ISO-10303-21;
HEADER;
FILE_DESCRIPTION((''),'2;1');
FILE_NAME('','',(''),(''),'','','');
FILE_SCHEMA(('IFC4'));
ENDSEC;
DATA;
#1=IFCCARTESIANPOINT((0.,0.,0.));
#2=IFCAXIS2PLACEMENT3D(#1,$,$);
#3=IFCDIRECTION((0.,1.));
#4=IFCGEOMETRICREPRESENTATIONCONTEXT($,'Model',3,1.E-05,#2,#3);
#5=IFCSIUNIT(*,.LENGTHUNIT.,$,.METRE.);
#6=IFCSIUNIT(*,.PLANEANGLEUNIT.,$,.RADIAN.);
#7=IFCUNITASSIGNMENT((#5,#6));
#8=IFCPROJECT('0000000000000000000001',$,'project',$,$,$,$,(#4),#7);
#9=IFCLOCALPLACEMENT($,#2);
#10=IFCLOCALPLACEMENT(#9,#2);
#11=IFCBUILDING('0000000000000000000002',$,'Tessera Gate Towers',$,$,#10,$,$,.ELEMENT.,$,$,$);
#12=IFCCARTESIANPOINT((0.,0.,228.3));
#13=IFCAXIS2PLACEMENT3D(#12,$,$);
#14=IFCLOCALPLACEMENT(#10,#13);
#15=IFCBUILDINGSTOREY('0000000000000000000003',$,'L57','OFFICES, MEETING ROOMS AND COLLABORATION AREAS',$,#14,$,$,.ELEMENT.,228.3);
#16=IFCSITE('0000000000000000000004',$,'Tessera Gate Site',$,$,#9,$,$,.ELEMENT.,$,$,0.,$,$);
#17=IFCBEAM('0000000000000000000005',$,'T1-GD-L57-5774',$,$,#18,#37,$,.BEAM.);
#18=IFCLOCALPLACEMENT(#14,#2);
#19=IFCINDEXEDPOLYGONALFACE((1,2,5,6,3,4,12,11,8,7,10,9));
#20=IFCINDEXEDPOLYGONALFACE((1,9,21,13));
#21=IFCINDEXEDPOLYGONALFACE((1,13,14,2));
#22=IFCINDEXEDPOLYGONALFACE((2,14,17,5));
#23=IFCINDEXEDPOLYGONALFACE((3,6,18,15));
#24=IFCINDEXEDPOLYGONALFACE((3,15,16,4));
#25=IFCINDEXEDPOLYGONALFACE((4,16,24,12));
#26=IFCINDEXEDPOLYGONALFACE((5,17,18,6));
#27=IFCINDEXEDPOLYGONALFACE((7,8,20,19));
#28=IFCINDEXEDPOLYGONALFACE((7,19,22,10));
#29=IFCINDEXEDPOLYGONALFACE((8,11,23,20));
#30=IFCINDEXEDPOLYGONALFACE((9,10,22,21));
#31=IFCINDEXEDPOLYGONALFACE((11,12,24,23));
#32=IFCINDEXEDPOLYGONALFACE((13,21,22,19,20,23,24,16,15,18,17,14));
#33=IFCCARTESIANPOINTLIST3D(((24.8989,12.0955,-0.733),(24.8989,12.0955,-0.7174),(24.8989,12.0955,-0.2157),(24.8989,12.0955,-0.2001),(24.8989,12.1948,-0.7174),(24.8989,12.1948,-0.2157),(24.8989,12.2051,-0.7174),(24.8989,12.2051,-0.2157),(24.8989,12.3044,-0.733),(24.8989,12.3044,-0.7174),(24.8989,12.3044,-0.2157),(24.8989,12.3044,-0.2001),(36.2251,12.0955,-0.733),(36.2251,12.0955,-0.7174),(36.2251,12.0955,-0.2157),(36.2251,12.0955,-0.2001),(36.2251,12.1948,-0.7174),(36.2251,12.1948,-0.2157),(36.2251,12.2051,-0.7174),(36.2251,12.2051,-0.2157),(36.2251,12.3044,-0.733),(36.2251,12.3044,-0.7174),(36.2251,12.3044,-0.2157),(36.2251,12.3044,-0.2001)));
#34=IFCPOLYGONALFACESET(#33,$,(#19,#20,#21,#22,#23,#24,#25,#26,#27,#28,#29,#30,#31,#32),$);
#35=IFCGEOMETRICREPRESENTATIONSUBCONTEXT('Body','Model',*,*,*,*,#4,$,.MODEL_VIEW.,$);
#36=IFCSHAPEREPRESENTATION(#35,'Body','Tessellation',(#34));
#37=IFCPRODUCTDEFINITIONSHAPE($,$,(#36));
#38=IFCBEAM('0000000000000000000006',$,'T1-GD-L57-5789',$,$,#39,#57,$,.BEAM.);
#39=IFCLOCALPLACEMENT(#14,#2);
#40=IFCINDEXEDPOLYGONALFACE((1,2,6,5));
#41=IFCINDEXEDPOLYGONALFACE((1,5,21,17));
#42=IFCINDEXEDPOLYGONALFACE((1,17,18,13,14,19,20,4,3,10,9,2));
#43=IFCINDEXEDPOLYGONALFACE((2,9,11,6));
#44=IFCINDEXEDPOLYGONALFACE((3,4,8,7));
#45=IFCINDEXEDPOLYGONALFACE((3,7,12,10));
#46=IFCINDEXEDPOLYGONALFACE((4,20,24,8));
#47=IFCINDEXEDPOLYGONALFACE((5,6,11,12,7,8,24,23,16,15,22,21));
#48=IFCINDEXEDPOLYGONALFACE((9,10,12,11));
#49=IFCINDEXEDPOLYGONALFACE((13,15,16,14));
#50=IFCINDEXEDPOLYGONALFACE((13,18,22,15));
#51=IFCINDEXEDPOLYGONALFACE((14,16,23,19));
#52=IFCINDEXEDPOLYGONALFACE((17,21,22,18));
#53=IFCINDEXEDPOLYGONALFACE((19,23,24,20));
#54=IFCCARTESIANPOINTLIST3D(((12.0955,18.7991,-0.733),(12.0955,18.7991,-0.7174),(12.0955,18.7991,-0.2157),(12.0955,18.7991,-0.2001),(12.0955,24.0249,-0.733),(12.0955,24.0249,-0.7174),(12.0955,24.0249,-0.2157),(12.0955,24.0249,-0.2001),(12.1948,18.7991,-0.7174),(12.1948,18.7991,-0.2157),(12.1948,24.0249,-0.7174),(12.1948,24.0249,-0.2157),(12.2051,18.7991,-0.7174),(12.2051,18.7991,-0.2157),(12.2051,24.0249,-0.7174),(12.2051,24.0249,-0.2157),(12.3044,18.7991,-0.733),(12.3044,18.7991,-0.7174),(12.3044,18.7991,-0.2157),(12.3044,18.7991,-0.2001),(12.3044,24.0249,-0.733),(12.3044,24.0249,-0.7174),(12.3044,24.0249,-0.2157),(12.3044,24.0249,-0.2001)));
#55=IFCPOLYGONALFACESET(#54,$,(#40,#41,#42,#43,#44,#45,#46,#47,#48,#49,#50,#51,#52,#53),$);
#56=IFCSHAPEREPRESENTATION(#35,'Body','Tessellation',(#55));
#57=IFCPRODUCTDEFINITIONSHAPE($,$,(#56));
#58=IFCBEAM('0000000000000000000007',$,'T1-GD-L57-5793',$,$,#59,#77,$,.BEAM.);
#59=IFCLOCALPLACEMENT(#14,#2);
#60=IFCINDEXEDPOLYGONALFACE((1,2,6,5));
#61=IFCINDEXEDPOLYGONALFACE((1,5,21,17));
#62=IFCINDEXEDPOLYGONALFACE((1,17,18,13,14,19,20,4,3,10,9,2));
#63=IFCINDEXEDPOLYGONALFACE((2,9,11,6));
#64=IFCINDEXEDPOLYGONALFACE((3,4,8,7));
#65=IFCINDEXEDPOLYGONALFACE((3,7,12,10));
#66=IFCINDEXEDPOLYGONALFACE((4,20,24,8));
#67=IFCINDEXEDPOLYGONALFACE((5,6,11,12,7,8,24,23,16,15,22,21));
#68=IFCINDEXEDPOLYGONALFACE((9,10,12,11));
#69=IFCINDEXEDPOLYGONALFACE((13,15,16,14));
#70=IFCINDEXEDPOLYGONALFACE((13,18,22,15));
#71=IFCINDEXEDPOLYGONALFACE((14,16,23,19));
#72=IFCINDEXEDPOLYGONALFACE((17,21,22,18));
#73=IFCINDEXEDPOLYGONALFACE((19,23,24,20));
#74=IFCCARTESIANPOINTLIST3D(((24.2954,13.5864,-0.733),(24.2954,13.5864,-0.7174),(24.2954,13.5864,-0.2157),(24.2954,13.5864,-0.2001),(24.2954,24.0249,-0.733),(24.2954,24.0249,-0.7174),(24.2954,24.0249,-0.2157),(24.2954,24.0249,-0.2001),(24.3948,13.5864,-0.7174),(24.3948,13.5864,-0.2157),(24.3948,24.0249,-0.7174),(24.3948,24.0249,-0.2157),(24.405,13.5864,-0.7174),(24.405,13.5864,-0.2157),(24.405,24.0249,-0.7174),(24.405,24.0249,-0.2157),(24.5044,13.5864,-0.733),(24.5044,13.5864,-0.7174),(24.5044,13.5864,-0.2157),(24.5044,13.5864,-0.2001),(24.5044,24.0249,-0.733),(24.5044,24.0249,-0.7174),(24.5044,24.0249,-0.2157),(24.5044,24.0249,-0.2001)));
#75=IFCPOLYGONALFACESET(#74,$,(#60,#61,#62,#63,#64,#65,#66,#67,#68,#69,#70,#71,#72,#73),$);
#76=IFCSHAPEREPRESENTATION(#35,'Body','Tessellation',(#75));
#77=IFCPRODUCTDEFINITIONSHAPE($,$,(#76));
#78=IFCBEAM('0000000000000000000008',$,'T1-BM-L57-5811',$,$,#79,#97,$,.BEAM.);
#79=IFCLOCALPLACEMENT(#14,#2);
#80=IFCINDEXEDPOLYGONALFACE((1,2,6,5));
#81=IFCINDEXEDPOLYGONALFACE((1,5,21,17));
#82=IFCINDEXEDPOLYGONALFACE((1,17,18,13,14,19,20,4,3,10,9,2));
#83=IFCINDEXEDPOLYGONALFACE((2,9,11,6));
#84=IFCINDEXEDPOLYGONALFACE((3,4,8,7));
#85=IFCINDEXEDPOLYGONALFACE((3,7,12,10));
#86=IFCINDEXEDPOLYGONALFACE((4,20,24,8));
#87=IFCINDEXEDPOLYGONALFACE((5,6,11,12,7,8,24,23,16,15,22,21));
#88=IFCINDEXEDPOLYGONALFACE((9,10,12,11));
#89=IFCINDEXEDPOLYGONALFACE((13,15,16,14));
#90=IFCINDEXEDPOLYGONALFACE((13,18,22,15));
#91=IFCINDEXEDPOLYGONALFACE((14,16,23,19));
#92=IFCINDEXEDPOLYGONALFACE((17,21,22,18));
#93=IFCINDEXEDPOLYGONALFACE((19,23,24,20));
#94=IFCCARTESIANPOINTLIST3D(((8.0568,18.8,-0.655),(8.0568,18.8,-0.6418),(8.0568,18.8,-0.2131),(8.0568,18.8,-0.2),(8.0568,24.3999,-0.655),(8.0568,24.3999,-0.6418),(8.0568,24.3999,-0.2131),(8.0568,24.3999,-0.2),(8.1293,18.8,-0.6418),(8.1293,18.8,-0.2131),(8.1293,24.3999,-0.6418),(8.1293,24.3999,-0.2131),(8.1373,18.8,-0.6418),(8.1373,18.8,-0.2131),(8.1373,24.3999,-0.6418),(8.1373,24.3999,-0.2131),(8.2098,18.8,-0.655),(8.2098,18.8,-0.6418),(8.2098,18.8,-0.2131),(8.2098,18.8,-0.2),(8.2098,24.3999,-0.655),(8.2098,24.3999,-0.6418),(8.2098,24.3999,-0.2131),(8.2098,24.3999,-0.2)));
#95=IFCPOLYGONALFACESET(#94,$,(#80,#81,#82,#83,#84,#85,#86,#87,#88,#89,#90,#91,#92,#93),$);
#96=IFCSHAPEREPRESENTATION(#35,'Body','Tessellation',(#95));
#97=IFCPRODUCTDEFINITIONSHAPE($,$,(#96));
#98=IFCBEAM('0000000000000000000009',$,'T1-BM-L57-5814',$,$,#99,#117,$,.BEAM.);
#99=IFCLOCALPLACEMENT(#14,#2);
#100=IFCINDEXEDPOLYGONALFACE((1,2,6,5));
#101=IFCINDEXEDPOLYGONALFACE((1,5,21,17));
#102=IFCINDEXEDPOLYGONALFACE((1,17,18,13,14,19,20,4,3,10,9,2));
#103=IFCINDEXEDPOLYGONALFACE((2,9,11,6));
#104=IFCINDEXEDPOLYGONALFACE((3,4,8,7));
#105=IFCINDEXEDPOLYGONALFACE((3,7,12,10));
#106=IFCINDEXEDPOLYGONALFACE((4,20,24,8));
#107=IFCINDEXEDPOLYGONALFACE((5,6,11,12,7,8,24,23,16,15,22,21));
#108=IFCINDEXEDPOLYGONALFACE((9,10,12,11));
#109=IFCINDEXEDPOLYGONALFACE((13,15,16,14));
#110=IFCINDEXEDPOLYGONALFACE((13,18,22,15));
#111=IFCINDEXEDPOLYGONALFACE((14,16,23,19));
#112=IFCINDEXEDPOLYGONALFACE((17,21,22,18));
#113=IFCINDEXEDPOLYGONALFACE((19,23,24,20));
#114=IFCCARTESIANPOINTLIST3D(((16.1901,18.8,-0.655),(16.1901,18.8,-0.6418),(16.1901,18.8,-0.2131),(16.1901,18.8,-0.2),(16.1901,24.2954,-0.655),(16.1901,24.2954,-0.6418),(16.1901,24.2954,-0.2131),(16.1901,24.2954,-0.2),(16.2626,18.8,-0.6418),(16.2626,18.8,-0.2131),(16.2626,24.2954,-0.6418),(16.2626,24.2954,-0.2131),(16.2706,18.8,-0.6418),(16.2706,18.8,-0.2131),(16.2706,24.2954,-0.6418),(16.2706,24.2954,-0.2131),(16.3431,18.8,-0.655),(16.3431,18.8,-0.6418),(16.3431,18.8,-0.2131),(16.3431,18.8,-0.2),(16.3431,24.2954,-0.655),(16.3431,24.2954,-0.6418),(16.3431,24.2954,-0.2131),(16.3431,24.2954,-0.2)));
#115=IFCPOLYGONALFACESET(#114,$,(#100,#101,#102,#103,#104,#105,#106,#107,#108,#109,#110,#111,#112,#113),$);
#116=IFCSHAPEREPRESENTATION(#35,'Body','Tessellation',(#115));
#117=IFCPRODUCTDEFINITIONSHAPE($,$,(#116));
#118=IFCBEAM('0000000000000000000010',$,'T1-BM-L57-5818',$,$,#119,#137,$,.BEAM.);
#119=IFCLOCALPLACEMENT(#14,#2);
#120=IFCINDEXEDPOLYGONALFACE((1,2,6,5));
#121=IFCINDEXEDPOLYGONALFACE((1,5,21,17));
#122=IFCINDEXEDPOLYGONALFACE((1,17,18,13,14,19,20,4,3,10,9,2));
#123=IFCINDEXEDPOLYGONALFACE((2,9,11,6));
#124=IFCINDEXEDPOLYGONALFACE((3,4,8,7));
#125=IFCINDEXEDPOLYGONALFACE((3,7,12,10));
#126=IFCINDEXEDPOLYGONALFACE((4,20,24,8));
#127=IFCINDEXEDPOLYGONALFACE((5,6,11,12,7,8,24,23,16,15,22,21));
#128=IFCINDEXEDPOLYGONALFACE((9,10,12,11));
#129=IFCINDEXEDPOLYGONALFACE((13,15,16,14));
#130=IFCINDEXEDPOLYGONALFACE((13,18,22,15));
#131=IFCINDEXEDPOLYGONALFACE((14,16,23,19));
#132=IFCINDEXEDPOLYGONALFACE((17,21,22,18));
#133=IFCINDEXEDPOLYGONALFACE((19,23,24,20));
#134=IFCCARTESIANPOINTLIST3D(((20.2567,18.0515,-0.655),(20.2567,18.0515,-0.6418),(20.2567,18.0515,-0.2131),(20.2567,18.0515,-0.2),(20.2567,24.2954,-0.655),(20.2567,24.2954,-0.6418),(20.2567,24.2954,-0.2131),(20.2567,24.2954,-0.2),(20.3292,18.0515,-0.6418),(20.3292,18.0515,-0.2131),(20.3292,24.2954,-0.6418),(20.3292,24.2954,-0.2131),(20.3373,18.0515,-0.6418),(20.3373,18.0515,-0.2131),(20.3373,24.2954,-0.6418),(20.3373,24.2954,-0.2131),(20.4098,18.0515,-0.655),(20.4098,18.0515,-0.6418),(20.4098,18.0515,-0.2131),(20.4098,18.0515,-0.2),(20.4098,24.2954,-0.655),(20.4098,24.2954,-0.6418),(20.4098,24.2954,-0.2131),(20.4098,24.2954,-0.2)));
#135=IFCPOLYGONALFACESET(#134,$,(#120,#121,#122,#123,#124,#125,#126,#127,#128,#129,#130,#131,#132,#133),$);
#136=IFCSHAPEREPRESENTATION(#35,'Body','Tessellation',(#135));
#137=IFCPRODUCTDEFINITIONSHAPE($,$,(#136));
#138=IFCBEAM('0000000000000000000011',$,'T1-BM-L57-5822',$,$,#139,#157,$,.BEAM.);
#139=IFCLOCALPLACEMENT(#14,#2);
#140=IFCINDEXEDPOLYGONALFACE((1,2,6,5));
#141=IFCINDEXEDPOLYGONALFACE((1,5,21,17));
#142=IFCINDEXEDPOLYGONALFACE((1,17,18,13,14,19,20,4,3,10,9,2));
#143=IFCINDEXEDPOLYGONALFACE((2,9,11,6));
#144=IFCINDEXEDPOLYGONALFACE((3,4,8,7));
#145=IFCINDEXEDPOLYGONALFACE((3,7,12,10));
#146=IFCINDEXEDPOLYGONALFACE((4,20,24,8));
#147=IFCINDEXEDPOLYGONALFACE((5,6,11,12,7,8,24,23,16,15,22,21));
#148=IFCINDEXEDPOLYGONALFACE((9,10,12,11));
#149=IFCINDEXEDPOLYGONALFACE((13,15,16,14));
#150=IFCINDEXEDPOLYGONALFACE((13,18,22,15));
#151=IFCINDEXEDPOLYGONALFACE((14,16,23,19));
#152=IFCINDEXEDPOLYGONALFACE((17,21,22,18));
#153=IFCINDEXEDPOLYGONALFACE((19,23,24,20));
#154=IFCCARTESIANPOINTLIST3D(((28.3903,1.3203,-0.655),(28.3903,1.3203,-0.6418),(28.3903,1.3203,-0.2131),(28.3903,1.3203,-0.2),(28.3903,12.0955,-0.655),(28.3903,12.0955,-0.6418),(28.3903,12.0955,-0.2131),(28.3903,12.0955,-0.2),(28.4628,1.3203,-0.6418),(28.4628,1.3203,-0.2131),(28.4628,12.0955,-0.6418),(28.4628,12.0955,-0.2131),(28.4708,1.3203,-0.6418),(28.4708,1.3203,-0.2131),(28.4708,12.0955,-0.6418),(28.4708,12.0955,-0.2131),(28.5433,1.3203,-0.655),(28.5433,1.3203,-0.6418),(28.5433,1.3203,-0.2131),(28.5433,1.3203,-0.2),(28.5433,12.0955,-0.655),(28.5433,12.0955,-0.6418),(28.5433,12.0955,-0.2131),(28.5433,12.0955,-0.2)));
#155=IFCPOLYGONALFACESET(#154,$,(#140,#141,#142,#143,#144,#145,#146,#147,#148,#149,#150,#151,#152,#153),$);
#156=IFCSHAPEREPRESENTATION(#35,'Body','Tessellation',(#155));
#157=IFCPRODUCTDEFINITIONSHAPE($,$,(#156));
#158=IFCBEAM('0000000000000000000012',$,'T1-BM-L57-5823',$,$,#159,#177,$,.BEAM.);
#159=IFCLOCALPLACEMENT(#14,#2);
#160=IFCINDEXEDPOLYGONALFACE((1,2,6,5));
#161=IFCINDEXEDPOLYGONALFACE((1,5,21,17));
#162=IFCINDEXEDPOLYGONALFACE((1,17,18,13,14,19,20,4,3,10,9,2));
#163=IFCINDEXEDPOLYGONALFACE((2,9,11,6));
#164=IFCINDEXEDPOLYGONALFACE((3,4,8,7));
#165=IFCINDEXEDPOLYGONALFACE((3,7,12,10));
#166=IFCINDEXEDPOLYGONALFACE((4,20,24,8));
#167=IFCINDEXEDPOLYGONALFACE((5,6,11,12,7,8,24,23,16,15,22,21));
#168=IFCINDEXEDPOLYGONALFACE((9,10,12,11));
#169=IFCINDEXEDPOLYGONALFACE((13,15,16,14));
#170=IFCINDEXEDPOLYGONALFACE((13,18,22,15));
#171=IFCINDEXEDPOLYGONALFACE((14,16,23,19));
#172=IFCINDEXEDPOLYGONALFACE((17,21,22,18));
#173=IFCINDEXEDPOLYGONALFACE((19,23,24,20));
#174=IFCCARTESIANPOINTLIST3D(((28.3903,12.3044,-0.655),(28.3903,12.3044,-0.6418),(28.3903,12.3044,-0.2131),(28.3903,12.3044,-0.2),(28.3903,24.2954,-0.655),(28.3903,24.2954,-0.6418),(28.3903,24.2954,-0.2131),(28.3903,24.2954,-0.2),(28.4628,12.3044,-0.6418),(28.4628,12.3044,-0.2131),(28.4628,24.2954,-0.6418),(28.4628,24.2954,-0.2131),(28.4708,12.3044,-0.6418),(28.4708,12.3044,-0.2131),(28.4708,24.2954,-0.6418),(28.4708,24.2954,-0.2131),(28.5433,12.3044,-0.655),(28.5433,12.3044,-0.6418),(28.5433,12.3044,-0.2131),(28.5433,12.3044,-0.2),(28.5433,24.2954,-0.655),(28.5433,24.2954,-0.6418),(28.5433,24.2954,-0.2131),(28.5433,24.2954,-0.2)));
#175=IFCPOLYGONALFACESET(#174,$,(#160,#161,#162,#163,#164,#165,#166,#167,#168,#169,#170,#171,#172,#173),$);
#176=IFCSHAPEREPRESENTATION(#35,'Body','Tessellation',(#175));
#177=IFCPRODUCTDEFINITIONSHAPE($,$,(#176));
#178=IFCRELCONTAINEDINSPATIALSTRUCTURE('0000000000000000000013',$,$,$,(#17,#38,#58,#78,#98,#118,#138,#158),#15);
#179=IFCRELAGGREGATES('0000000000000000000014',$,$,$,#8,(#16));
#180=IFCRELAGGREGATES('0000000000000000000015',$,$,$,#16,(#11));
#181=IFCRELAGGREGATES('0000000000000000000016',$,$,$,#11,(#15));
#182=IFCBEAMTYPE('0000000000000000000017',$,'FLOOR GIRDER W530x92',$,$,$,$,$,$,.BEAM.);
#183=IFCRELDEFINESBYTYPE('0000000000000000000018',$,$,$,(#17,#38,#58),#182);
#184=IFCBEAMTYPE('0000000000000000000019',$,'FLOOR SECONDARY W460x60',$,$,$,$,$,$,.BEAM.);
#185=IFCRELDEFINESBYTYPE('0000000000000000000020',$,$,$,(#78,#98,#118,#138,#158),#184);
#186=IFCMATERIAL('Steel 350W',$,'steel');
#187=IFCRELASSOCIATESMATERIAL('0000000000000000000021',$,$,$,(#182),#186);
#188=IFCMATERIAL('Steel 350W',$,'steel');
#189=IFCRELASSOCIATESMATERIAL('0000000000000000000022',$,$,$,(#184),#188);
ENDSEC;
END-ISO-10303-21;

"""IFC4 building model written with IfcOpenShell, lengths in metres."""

from ifc_helpers import new_model, si_unit, direction, frame, origin, origin_2d, place, context, subcontext, project, spatial, i_section, extrude, material, material_profile, profile_set, type_object, element, save


model = new_model("IFC4")

# Units and contexts
model_context = context("Model", 3, precision=1e-05, world=origin(), true_north=direction((0.0, 1.0)))
body_context = subcontext(model_context, "Body", "Model", "MODEL_VIEW")
ifc_project = project(units=[si_unit("LENGTHUNIT", "METRE"), si_unit("PLANEANGLEUNIT", "RADIAN")], contexts=[model_context])

# Site, building, storey
site_placement = place(None, origin())
site = spatial("IfcSite", under=ifc_project, at=site_placement, Name="Tessera Gate Site", CompositionType="ELEMENT", RefElevation=0.0)
building_placement = place(site_placement, origin())
building = spatial("IfcBuilding", under=site, at=building_placement, Name="Tessera Gate Towers", CompositionType="ELEMENT")
storey_placement = place(building_placement, frame((0.0, 0.0, 228.3)))
storey = spatial("IfcBuildingStorey", under=building, at=storey_placement, Name="L57", Description="OFFICES, MEETING ROOMS AND COLLABORATION AREAS", CompositionType="ELEMENT", Elevation=228.3)

# Beams
ifc_material_1 = material(Name="Steel 350W", Category="steel")
ifc_material_profile_1 = material_profile(ifc_material_1, i_section(OverallWidth=0.209, OverallDepth=0.533, WebThickness=0.0103, FlangeThickness=0.0156, at=origin_2d()), Name="W530x92")
ifc_profile_set_1 = profile_set([ifc_material_profile_1], Name="Steel 350W")
beam_type_1 = type_object("IfcBeamType", Name="FLOOR GIRDER W530x92", PredefinedType="BEAM", material=ifc_profile_set_1)
beam_1_placement = place(storey_placement, frame((24.8989, 12.2, -0.4666), z_axis=(1.0, 0.0, 0.0), x_axis=(0.0, 1.0, 0.0)))
element("IfcBeam", 1, at=beam_1_placement, inside=storey, type_object=beam_type_1, Name="T1-GD-L57-5774", PredefinedType="BEAM", context=body_context, shape_type="SweptSolid", body=[
    extrude(i_section(OverallWidth=0.209, OverallDepth=0.533, WebThickness=0.0103, FlangeThickness=0.0156, at=origin_2d()), origin(), (0.0, 0.0, 1.0), 11.3262),
])
beam_2_placement = place(storey_placement, frame((12.2, 18.7991, -0.4666), z_axis=(0.0, 1.0, 0.0), x_axis=(-1.0, 0.0, 0.0)))
element("IfcBeam", 2, at=beam_2_placement, inside=storey, type_object=beam_type_1, Name="T1-GD-L57-5789", PredefinedType="BEAM", context=body_context, shape_type="SweptSolid", body=[
    extrude(i_section(OverallWidth=0.209, OverallDepth=0.533, WebThickness=0.0103, FlangeThickness=0.0156, at=origin_2d()), origin(), (0.0, 0.0, 1.0), 5.2258),
])
beam_3_placement = place(storey_placement, frame((24.3999, 13.5864, -0.4666), z_axis=(0.0, 1.0, 0.0), x_axis=(-1.0, 0.0, 0.0)))
element("IfcBeam", 3, at=beam_3_placement, inside=storey, type_object=beam_type_1, Name="T1-GD-L57-5793", PredefinedType="BEAM", context=body_context, shape_type="SweptSolid", body=[
    extrude(i_section(OverallWidth=0.209, OverallDepth=0.533, WebThickness=0.0103, FlangeThickness=0.0156, at=origin_2d()), origin(), (0.0, 0.0, 1.0), 10.4385),
])
ifc_material_2 = material(Name="Steel 350W", Category="steel")
ifc_material_profile_2 = material_profile(ifc_material_2, i_section(OverallWidth=0.1531, OverallDepth=0.4551, WebThickness=0.0081, FlangeThickness=0.0132, at=origin_2d()), Name="W460x60")
ifc_profile_set_2 = profile_set([ifc_material_profile_2], Name="Steel 350W")
beam_type_2 = type_object("IfcBeamType", Name="FLOOR SECONDARY W460x60", PredefinedType="BEAM", material=ifc_profile_set_2)
beam_4_placement = place(storey_placement, frame((8.1333, 18.8, -0.4275), z_axis=(0.0, 1.0, 0.0), x_axis=(-1.0, 0.0, 0.0)))
element("IfcBeam", 4, at=beam_4_placement, inside=storey, type_object=beam_type_2, Name="T1-BM-L57-5811", PredefinedType="BEAM", context=body_context, shape_type="SweptSolid", body=[
    extrude(i_section(OverallWidth=0.1531, OverallDepth=0.4551, WebThickness=0.0081, FlangeThickness=0.0132, at=origin_2d()), origin(), (0.0, 0.0, 1.0), 5.5999),
])
beam_5_placement = place(storey_placement, frame((16.2666, 18.8, -0.4275), z_axis=(0.0, 1.0, 0.0), x_axis=(-1.0, 0.0, 0.0)))
element("IfcBeam", 5, at=beam_5_placement, inside=storey, type_object=beam_type_2, Name="T1-BM-L57-5814", PredefinedType="BEAM", context=body_context, shape_type="SweptSolid", body=[
    extrude(i_section(OverallWidth=0.1531, OverallDepth=0.4551, WebThickness=0.0081, FlangeThickness=0.0132, at=origin_2d()), origin(), (0.0, 0.0, 1.0), 5.4954),
])
beam_6_placement = place(storey_placement, frame((20.3333, 18.0515, -0.4275), z_axis=(0.0, 1.0, 0.0), x_axis=(-1.0, 0.0, 0.0)))
element("IfcBeam", 6, at=beam_6_placement, inside=storey, type_object=beam_type_2, Name="T1-BM-L57-5818", PredefinedType="BEAM", context=body_context, shape_type="SweptSolid", body=[
    extrude(i_section(OverallWidth=0.1531, OverallDepth=0.4551, WebThickness=0.0081, FlangeThickness=0.0132, at=origin_2d()), origin(), (0.0, 0.0, 1.0), 6.2439),
])
beam_7_placement = place(storey_placement, frame((28.4668, 1.3203, -0.4275), z_axis=(0.0, 1.0, 0.0), x_axis=(-1.0, 0.0, 0.0)))
element("IfcBeam", 7, at=beam_7_placement, inside=storey, type_object=beam_type_2, Name="T1-BM-L57-5822", PredefinedType="BEAM", context=body_context, shape_type="SweptSolid", body=[
    extrude(i_section(OverallWidth=0.1531, OverallDepth=0.4551, WebThickness=0.0081, FlangeThickness=0.0132, at=origin_2d()), origin(), (0.0, 0.0, 1.0), 10.7751),
])
beam_8_placement = place(storey_placement, frame((28.4668, 12.3044, -0.4275), z_axis=(0.0, 1.0, 0.0), x_axis=(-1.0, 0.0, 0.0)))
element("IfcBeam", 8, at=beam_8_placement, inside=storey, type_object=beam_type_2, Name="T1-BM-L57-5823", PredefinedType="BEAM", context=body_context, shape_type="SweptSolid", body=[
    extrude(i_section(OverallWidth=0.1531, OverallDepth=0.4551, WebThickness=0.0081, FlangeThickness=0.0132, at=origin_2d()), origin(), (0.0, 0.0, 1.0), 11.991),
])

save(model, "model.ifc")
